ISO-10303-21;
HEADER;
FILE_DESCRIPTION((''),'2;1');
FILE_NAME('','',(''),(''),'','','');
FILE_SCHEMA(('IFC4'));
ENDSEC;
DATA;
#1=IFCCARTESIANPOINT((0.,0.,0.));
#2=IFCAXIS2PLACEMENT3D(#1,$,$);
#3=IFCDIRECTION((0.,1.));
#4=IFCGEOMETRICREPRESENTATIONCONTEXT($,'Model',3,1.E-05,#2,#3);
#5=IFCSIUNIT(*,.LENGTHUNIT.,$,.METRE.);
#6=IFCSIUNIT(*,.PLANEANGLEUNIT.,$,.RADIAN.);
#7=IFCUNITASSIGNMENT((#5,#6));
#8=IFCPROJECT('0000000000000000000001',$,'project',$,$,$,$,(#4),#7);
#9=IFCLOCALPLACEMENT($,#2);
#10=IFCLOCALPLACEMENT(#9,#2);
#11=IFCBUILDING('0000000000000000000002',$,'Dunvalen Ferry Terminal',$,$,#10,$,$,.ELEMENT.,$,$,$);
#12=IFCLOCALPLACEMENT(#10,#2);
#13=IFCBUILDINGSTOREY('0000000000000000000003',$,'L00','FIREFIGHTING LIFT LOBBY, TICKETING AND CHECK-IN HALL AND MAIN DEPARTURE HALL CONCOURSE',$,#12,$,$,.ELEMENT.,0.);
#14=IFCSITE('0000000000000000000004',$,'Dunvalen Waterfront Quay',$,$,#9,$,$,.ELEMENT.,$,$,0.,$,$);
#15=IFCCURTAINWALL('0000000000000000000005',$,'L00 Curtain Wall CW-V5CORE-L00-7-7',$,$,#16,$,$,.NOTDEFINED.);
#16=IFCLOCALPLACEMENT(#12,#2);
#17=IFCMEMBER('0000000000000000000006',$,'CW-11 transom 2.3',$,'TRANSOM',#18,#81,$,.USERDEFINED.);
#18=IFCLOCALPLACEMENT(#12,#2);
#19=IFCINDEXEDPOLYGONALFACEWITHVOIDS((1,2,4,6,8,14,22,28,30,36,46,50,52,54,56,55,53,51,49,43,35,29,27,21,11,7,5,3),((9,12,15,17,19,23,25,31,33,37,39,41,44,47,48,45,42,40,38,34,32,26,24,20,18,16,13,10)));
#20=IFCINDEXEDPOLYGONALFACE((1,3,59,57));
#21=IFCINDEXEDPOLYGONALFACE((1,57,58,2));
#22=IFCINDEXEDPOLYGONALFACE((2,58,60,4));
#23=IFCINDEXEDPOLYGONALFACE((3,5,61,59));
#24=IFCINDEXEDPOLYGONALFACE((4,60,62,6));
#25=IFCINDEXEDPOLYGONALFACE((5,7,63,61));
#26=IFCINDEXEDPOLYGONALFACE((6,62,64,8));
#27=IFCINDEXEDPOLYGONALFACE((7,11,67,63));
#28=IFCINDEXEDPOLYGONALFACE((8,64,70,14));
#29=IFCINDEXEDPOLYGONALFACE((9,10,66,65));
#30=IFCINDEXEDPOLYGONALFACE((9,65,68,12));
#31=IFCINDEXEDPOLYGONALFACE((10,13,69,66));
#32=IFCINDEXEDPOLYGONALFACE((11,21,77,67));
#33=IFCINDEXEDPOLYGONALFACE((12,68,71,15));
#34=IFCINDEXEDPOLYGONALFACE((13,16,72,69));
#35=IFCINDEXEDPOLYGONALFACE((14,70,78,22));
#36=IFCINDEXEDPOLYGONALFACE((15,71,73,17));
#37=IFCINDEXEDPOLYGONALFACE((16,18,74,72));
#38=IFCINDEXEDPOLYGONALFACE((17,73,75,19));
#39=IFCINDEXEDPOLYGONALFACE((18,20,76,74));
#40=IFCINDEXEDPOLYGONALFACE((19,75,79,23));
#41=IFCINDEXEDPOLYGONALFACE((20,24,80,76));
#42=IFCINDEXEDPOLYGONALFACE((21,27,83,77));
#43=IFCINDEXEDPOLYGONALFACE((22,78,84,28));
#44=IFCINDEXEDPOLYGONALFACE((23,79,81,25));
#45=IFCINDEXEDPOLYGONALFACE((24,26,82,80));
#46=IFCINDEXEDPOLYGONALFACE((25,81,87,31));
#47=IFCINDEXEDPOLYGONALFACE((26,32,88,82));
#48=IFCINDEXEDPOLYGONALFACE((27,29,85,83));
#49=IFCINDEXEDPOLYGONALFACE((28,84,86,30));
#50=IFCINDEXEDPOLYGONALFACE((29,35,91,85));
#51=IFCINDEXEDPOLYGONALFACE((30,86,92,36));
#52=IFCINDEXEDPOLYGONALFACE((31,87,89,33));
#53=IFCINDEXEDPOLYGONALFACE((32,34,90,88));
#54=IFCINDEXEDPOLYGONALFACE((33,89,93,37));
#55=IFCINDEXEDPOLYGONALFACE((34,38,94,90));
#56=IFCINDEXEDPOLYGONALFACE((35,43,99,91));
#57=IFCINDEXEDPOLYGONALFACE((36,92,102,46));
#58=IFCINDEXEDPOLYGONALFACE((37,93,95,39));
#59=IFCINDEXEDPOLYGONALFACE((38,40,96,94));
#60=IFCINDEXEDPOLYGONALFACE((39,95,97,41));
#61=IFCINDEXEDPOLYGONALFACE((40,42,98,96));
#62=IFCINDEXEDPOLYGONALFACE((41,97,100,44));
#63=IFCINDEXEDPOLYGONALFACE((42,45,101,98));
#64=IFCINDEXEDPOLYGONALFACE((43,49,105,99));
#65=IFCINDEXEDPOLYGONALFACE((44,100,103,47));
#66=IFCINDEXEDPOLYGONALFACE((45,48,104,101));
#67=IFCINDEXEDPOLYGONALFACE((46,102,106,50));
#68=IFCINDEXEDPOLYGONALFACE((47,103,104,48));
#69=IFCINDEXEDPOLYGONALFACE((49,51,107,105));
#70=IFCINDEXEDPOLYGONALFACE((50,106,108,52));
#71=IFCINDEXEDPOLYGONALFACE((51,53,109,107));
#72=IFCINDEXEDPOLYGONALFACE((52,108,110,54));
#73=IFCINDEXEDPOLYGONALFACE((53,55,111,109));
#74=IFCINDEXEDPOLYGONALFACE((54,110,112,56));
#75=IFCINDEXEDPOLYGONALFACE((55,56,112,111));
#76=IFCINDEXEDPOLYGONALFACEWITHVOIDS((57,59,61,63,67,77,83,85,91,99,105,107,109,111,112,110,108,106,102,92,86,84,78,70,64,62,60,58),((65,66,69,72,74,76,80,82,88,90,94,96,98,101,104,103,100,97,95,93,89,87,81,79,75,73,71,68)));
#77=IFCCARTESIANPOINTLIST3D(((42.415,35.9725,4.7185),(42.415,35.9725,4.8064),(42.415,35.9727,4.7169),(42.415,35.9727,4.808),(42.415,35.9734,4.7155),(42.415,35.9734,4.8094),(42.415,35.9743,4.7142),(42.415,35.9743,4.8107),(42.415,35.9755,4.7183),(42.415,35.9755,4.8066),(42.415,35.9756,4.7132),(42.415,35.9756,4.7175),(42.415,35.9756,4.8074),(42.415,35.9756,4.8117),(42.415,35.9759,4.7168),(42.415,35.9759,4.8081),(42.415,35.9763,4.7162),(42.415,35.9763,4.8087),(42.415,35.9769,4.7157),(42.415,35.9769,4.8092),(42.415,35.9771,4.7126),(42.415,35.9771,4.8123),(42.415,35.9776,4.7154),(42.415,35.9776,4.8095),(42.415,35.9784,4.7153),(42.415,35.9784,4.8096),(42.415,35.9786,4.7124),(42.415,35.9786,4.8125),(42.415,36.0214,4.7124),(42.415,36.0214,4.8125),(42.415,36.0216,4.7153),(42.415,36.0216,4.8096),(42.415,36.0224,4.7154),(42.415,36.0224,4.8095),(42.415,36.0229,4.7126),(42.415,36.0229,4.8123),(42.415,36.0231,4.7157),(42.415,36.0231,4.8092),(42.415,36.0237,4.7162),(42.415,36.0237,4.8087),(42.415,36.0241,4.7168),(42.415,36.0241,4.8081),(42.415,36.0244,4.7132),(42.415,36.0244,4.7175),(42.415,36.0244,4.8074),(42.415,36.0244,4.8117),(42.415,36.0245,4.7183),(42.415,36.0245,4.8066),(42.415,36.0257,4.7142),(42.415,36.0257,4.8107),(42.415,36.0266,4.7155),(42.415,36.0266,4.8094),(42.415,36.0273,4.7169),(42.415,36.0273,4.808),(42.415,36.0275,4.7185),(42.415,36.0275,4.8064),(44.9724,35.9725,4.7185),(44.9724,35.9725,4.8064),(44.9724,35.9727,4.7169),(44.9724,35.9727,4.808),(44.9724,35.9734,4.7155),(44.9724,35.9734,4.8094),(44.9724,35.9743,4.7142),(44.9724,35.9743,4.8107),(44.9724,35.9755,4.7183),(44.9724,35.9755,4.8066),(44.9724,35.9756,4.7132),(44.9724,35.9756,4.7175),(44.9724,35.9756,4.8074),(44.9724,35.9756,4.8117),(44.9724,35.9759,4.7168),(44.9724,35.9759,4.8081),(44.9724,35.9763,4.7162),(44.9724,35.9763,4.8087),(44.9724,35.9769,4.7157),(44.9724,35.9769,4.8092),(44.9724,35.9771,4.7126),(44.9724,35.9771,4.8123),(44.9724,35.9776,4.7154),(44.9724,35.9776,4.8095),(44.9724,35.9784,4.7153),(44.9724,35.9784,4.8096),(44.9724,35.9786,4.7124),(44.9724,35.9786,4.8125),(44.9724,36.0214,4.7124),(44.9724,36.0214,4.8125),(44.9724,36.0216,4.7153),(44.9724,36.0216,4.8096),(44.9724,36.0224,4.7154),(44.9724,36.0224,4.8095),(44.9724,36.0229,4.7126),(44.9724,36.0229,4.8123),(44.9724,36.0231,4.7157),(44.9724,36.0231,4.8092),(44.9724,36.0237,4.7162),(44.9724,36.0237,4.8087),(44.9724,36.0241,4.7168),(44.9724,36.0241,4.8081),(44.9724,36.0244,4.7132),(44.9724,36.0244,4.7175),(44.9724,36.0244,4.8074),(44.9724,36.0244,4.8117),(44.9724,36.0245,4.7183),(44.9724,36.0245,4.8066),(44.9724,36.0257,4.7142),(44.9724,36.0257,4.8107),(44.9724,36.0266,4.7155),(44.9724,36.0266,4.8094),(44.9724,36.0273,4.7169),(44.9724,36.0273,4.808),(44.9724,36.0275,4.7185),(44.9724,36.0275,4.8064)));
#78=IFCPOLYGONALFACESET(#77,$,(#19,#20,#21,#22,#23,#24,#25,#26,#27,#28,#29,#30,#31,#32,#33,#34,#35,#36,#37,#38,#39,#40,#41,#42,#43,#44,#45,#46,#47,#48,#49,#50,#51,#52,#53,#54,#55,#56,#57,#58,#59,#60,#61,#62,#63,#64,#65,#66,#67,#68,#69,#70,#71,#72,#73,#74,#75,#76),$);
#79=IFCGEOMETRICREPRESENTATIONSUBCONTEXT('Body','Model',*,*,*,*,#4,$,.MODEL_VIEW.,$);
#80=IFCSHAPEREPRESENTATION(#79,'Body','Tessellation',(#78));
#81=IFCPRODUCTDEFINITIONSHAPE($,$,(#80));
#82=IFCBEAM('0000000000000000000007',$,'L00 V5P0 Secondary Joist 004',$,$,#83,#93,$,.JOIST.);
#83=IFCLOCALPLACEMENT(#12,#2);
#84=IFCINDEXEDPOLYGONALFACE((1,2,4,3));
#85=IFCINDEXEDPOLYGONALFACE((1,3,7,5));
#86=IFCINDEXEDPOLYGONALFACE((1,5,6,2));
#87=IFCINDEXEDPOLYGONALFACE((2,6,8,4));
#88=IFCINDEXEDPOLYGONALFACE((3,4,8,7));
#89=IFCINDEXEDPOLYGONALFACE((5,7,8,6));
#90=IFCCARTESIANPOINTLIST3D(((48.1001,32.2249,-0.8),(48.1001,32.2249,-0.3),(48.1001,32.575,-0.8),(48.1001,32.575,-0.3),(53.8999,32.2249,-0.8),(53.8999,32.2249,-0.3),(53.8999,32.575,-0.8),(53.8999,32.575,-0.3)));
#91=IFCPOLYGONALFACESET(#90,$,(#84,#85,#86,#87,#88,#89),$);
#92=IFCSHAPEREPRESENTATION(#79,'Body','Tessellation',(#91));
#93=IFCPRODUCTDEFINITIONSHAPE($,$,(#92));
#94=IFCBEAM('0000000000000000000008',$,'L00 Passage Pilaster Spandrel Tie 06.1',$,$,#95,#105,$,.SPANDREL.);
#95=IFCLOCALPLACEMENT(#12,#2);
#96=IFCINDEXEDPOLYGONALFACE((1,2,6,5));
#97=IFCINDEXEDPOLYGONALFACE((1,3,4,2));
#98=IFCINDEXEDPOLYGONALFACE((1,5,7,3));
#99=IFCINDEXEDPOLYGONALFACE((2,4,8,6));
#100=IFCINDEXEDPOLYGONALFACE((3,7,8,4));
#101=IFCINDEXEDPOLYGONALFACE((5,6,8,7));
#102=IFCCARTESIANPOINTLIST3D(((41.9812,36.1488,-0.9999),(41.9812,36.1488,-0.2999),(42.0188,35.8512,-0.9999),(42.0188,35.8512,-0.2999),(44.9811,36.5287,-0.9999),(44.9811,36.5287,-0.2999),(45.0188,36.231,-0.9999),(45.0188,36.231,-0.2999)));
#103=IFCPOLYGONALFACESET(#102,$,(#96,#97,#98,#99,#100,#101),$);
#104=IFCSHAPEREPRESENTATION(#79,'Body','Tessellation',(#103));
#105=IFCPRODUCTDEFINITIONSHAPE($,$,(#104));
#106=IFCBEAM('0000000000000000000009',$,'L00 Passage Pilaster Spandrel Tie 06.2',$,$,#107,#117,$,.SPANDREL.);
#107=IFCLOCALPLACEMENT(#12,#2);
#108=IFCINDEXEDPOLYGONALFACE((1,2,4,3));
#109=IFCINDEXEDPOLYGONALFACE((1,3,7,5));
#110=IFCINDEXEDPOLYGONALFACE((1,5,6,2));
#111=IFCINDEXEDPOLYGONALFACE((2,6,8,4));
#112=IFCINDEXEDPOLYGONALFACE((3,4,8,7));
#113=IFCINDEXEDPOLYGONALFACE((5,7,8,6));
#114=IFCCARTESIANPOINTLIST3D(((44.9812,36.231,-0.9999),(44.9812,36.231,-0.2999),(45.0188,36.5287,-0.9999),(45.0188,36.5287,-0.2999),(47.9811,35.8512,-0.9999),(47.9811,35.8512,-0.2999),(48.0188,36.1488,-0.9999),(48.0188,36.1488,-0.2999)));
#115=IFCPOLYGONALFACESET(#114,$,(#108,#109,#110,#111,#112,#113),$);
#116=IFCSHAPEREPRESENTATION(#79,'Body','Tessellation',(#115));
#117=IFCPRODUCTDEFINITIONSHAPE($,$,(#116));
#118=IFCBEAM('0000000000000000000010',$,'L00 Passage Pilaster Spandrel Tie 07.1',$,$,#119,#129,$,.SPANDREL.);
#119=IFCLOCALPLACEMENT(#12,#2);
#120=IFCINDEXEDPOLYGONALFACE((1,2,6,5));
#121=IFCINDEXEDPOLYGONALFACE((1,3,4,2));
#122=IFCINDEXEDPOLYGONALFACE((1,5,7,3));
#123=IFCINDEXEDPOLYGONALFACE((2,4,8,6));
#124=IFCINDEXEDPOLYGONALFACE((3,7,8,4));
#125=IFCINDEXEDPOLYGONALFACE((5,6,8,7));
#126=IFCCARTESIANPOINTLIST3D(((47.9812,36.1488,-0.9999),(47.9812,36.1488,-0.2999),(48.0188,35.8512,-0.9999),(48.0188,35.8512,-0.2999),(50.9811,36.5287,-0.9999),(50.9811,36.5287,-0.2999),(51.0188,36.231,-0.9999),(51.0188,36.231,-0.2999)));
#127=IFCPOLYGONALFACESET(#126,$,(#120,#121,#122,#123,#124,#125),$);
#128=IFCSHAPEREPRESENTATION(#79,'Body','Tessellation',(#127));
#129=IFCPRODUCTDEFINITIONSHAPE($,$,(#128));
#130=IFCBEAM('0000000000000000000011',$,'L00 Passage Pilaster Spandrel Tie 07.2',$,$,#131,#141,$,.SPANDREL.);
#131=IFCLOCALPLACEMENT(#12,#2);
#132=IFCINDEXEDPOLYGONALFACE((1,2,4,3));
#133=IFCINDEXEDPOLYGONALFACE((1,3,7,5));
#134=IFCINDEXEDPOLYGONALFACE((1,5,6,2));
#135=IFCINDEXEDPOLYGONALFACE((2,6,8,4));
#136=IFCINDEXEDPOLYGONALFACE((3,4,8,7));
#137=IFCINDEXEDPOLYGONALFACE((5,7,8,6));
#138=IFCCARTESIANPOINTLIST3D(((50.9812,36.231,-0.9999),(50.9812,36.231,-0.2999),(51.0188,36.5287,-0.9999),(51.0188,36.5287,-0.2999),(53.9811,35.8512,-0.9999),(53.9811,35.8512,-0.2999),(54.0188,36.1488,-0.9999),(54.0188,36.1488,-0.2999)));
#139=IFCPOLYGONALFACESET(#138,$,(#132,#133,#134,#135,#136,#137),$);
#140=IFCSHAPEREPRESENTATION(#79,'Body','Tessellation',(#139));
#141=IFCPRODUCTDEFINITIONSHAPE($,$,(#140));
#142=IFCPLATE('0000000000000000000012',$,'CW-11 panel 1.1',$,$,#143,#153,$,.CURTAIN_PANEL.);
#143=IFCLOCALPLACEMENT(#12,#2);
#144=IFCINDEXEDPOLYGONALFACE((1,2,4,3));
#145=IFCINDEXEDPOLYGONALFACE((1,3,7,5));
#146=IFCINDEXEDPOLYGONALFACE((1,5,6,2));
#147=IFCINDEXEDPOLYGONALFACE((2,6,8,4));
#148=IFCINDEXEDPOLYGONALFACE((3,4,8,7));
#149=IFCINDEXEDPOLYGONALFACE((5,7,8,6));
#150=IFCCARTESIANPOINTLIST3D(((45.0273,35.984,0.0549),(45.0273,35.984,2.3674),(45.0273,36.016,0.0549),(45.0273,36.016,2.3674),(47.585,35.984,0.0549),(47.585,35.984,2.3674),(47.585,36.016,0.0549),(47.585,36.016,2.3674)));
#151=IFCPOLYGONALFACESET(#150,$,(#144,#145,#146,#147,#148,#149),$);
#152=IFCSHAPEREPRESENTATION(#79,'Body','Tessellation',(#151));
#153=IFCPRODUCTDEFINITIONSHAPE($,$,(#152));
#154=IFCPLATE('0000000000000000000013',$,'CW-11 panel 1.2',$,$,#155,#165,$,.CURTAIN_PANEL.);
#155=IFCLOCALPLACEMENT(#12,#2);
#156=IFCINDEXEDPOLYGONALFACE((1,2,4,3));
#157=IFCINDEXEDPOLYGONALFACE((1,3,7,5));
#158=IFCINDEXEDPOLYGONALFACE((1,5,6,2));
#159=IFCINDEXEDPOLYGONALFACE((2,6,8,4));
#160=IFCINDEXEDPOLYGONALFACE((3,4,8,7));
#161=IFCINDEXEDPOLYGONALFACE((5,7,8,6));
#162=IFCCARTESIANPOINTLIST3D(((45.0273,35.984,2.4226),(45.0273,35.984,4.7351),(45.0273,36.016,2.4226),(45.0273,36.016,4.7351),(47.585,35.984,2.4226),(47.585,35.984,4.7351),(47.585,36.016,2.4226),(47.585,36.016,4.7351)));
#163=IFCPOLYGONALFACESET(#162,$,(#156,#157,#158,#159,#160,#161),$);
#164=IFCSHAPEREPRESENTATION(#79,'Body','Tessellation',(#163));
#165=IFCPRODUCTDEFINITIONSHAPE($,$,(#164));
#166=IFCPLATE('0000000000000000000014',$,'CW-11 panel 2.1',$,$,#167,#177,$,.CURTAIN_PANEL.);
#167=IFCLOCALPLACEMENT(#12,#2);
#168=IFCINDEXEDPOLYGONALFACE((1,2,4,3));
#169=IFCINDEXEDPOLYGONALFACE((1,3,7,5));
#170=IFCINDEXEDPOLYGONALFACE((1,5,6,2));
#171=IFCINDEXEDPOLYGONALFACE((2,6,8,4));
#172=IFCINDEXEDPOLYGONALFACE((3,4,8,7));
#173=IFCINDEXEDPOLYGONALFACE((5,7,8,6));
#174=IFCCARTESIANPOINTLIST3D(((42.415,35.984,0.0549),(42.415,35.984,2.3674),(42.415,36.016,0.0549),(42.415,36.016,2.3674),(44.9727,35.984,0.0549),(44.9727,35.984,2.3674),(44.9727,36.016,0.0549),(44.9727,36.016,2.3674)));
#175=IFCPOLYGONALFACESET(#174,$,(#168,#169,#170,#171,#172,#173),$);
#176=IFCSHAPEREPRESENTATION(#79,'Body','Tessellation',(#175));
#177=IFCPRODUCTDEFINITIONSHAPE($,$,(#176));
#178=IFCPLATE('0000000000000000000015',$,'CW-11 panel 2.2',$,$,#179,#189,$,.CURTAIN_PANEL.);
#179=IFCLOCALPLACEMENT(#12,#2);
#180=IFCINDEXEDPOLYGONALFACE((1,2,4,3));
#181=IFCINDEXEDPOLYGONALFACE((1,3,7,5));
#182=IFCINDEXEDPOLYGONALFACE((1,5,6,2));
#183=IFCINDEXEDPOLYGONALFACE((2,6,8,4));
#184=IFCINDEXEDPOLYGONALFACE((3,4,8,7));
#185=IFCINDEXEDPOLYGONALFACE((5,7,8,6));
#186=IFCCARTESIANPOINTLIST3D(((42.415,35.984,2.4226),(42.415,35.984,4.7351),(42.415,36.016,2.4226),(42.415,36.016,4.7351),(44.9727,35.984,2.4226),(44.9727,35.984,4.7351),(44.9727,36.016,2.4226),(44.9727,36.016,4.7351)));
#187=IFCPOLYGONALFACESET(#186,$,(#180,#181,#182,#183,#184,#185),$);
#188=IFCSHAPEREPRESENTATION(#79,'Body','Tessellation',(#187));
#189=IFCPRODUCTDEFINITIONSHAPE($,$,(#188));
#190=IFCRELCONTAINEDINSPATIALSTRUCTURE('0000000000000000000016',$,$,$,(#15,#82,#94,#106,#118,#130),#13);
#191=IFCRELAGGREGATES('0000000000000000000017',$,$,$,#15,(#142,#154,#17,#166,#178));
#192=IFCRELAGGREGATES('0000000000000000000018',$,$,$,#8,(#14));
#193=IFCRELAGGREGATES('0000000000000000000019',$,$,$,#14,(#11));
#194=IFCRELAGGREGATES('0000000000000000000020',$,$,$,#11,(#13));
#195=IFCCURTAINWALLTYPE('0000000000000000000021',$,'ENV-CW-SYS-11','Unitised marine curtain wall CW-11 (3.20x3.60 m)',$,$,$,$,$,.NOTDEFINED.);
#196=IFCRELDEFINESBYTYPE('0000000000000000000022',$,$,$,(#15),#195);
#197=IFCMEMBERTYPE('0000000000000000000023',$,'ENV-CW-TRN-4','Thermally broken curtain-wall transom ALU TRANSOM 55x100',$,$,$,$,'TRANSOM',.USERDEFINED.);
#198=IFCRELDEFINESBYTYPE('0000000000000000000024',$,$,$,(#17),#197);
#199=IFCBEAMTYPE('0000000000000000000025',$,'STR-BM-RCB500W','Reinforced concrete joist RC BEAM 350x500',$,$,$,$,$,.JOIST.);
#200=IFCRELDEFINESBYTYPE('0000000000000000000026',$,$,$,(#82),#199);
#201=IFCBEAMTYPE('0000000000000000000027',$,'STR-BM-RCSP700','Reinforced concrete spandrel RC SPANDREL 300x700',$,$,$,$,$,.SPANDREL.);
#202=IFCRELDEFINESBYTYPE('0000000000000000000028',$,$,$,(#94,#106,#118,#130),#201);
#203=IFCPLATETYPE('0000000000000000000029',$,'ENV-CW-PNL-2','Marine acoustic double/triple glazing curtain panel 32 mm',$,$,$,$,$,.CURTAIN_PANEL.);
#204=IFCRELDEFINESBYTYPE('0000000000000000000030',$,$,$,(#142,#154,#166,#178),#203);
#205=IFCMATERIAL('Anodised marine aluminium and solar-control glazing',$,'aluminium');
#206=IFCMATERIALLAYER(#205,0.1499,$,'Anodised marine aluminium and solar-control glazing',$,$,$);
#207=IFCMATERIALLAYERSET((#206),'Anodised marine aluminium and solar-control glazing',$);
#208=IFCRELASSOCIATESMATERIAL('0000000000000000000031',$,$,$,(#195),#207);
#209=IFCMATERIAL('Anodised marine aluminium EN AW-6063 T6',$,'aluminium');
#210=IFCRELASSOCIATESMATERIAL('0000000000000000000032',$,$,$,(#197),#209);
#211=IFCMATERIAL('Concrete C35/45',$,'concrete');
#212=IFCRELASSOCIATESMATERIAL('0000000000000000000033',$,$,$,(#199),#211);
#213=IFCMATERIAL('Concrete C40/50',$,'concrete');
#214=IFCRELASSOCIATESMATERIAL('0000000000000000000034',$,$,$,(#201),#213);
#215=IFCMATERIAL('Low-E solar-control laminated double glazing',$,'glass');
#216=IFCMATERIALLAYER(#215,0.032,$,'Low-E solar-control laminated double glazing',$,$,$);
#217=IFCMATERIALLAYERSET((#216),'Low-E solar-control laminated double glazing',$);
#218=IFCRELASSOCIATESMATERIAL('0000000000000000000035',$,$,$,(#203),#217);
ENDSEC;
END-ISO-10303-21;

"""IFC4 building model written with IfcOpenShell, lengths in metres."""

from ifc_helpers import new_model, si_unit, direction, frame, origin, origin_2d, place, context, subcontext, project, spatial, rectangle, hollow_rectangle, extrude, material, layer, layer_set, material_profile, profile_set, type_object, element, aggregate, save


model = new_model("IFC4")

# Units and contexts
model_context = context("Model", 3, precision=1e-05, world=origin(), true_north=direction((0.0, 1.0)))
body_context = subcontext(model_context, "Body", "Model", "MODEL_VIEW")
ifc_project = project(units=[si_unit("LENGTHUNIT", "METRE"), si_unit("PLANEANGLEUNIT", "RADIAN")], contexts=[model_context])

# Site, building, storey
site_placement = place(None, origin())
site = spatial("IfcSite", under=ifc_project, at=site_placement, Name="Dunvalen Waterfront Quay", CompositionType="ELEMENT", RefElevation=0.0)
building_placement = place(site_placement, origin())
building = spatial("IfcBuilding", under=site, at=building_placement, Name="Dunvalen Ferry Terminal", CompositionType="ELEMENT")
storey_placement = place(building_placement, origin())
storey = spatial("IfcBuildingStorey", under=building, at=storey_placement, Name="L00", Description="FIREFIGHTING LIFT LOBBY, TICKETING AND CHECK-IN HALL AND MAIN DEPARTURE HALL CONCOURSE", CompositionType="ELEMENT", Elevation=0.0)

# Shared definitions
ifc_material_1 = material(Name="Concrete C40/50", Category="concrete")

# Curtain wall, member
ifc_material_2 = material(Name="Anodised marine aluminium and solar-control glazing", Category="aluminium")
ifc_layer_1 = layer(ifc_material_2, 0.1499, Name="Anodised marine aluminium and solar-control glazing")
ifc_layer_set_1 = layer_set([ifc_layer_1], Name="Anodised marine aluminium and solar-control glazing")
curtain_wall_type = type_object("IfcCurtainWallType", Name="ENV-CW-SYS-11", Description="Unitised marine curtain wall CW-11 (3.20x3.60 m)", PredefinedType="NOTDEFINED", material=ifc_layer_set_1)
curtain_wall_placement = place(storey_placement, origin())
curtain_wall = element("IfcCurtainWall", 1, at=curtain_wall_placement, inside=storey, type_object=curtain_wall_type, Name="L00 Curtain Wall CW-V5CORE-L00-7-7", PredefinedType="NOTDEFINED")
ifc_material_3 = material(Name="Anodised marine aluminium EN AW-6063 T6", Category="aluminium")
ifc_material_profile_1 = material_profile(ifc_material_3, hollow_rectangle(XDim=0.0549, YDim=0.1001, WallThickness=0.0029, InnerFilletRadius=0.0029, OuterFilletRadius=0.0061, at=origin_2d()), Name="Anodised marine aluminium EN AW-6063 T6")
ifc_profile_set_1 = profile_set([ifc_material_profile_1], Name="Anodised marine aluminium EN AW-6063 T6")
member_type_1 = type_object("IfcMemberType", Name="ENV-CW-TRN-4", Description="Thermally broken curtain-wall transom ALU TRANSOM 55x100", ElementType="TRANSOM", PredefinedType="USERDEFINED", material=ifc_profile_set_1)
member_1_placement = place(storey_placement, frame((44.9724, 36.0, 4.7625), z_axis=(-1.0, 0.0, 0.0), x_axis=(0.0, -1.0, 0.0)))
member_1 = element("IfcMember", 2, at=member_1_placement, type_object=member_type_1, Name="CW-11 transom 2.3", ObjectType="TRANSOM", PredefinedType="USERDEFINED", context=body_context, shape_type="SweptSolid", body=[
    extrude(hollow_rectangle(XDim=0.0549, YDim=0.1001, WallThickness=0.0029, InnerFilletRadius=0.0029, OuterFilletRadius=0.0061, at=origin_2d()), origin(), (0.0, 0.0, 1.0), 2.5574),
])

# Beams
ifc_material_4 = material(Name="Concrete C35/45", Category="concrete")
ifc_material_profile_2 = material_profile(ifc_material_4, rectangle(XDim=0.3501, YDim=0.5, at=origin_2d()), Name="Concrete C35/45")
ifc_profile_set_2 = profile_set([ifc_material_profile_2], Name="Concrete C35/45")
beam_type_1 = type_object("IfcBeamType", Name="STR-BM-RCB500W", Description="Reinforced concrete joist RC BEAM 350x500", PredefinedType="JOIST", material=ifc_profile_set_2)
beam_placement = place(storey_placement, frame((48.1001, 32.3999, -0.55), z_axis=(1.0, 0.0, 0.0), x_axis=(0.0, 1.0, 0.0)))
element("IfcBeam", 3, at=beam_placement, inside=storey, type_object=beam_type_1, Name="L00 V5P0 Secondary Joist 004", PredefinedType="JOIST", context=body_context, shape_type="SweptSolid", body=[
    extrude(rectangle(XDim=0.3501, YDim=0.5, at=origin_2d()), origin(), (0.0, 0.0, 1.0), 5.7998),
])
ifc_material_profile_3 = material_profile(ifc_material_1, rectangle(XDim=0.3, YDim=0.7, at=origin_2d()), Name="Concrete C40/50")
ifc_profile_set_3 = profile_set([ifc_material_profile_3], Name="Concrete C40/50")
beam_type_2 = type_object("IfcBeamType", Name="STR-BM-RCSP700", Description="Reinforced concrete spandrel RC SPANDREL 300x700", PredefinedType="SPANDREL", material=ifc_profile_set_3)
for number, where, z_axis, x_axis, name in (
    (4, (42.0, 36.0, -0.6499), (0.992078, 0.125624, 0.0), (-0.125624, 0.992078, 0.0), "L00 Passage Pilaster Spandrel Tie 06.1"),
    (5, (45.0, 36.3799, -0.6499), (0.992078, -0.125624, 0.0), (0.125624, 0.992078, 0.0), "L00 Passage Pilaster Spandrel Tie 06.2"),
    (6, (48.0, 36.0, -0.6499), (0.992078, 0.125624, 0.0), (-0.125624, 0.992078, 0.0), "L00 Passage Pilaster Spandrel Tie 07.1"),
    (7, (51.0, 36.3799, -0.6499), (0.992078, -0.125624, 0.0), (0.125624, 0.992078, 0.0), "L00 Passage Pilaster Spandrel Tie 07.2"),
):
    element("IfcBeam", number, at=place(storey_placement, frame(where, z_axis=z_axis, x_axis=x_axis)), inside=storey, type_object=beam_type_2, Name=name, PredefinedType="SPANDREL", context=body_context, shape_type="SweptSolid", body=[
        extrude(rectangle(XDim=0.3, YDim=0.7, at=origin_2d()), origin(), (0.0, 0.0, 1.0), 3.0239),
    ])

# Plates
ifc_material_5 = material(Name="Low-E solar-control laminated double glazing", Category="glass")
ifc_layer_2 = layer(ifc_material_5, 0.032, Name="Low-E solar-control laminated double glazing")
ifc_layer_set_2 = layer_set([ifc_layer_2], Name="Low-E solar-control laminated double glazing")
plate_type = type_object("IfcPlateType", Name="ENV-CW-PNL-2", Description="Marine acoustic double/triple glazing curtain panel 32 mm", PredefinedType="CURTAIN_PANEL", material=ifc_layer_set_2)
plate_1_placement = place(storey_placement, frame((46.3062, 36.0, 0.0549), z_axis=(0.0, 0.0, 1.0), x_axis=(-1.0, 0.0, 0.0)))
plate_1 = element("IfcPlate", 8, at=plate_1_placement, type_object=plate_type, Name="CW-11 panel 1.1", PredefinedType="CURTAIN_PANEL", context=body_context, shape_type="SweptSolid", body=[
    extrude(rectangle(XDim=2.5576, YDim=0.032, at=origin_2d()), origin(), (0.0, 0.0, 1.0), 2.3125),
])
plate_2_placement = place(storey_placement, frame((46.3062, 36.0, 2.4226), z_axis=(0.0, 0.0, 1.0), x_axis=(-1.0, 0.0, 0.0)))
plate_2 = element("IfcPlate", 9, at=plate_2_placement, type_object=plate_type, Name="CW-11 panel 1.2", PredefinedType="CURTAIN_PANEL", context=body_context, shape_type="SweptSolid", body=[
    extrude(rectangle(XDim=2.5576, YDim=0.032, at=origin_2d()), origin(), (0.0, 0.0, 1.0), 2.3125),
])
plate_3_placement = place(storey_placement, frame((43.6938, 36.0, 0.0549), z_axis=(0.0, 0.0, 1.0), x_axis=(-1.0, 0.0, 0.0)))
plate_3 = element("IfcPlate", 10, at=plate_3_placement, type_object=plate_type, Name="CW-11 panel 2.1", PredefinedType="CURTAIN_PANEL", context=body_context, shape_type="SweptSolid", body=[
    extrude(rectangle(XDim=2.5576, YDim=0.032, at=origin_2d()), origin(), (0.0, 0.0, 1.0), 2.3125),
])
plate_4_placement = place(storey_placement, frame((43.6938, 36.0, 2.4226), z_axis=(0.0, 0.0, 1.0), x_axis=(-1.0, 0.0, 0.0)))
plate_4 = element("IfcPlate", 11, at=plate_4_placement, type_object=plate_type, Name="CW-11 panel 2.2", PredefinedType="CURTAIN_PANEL", context=body_context, shape_type="SweptSolid", body=[
    extrude(rectangle(XDim=2.5576, YDim=0.032, at=origin_2d()), origin(), (0.0, 0.0, 1.0), 2.3125),
])
aggregate(curtain_wall, [plate_1, plate_2, member_1, plate_3, plate_4])

save(model, "model.ifc")
